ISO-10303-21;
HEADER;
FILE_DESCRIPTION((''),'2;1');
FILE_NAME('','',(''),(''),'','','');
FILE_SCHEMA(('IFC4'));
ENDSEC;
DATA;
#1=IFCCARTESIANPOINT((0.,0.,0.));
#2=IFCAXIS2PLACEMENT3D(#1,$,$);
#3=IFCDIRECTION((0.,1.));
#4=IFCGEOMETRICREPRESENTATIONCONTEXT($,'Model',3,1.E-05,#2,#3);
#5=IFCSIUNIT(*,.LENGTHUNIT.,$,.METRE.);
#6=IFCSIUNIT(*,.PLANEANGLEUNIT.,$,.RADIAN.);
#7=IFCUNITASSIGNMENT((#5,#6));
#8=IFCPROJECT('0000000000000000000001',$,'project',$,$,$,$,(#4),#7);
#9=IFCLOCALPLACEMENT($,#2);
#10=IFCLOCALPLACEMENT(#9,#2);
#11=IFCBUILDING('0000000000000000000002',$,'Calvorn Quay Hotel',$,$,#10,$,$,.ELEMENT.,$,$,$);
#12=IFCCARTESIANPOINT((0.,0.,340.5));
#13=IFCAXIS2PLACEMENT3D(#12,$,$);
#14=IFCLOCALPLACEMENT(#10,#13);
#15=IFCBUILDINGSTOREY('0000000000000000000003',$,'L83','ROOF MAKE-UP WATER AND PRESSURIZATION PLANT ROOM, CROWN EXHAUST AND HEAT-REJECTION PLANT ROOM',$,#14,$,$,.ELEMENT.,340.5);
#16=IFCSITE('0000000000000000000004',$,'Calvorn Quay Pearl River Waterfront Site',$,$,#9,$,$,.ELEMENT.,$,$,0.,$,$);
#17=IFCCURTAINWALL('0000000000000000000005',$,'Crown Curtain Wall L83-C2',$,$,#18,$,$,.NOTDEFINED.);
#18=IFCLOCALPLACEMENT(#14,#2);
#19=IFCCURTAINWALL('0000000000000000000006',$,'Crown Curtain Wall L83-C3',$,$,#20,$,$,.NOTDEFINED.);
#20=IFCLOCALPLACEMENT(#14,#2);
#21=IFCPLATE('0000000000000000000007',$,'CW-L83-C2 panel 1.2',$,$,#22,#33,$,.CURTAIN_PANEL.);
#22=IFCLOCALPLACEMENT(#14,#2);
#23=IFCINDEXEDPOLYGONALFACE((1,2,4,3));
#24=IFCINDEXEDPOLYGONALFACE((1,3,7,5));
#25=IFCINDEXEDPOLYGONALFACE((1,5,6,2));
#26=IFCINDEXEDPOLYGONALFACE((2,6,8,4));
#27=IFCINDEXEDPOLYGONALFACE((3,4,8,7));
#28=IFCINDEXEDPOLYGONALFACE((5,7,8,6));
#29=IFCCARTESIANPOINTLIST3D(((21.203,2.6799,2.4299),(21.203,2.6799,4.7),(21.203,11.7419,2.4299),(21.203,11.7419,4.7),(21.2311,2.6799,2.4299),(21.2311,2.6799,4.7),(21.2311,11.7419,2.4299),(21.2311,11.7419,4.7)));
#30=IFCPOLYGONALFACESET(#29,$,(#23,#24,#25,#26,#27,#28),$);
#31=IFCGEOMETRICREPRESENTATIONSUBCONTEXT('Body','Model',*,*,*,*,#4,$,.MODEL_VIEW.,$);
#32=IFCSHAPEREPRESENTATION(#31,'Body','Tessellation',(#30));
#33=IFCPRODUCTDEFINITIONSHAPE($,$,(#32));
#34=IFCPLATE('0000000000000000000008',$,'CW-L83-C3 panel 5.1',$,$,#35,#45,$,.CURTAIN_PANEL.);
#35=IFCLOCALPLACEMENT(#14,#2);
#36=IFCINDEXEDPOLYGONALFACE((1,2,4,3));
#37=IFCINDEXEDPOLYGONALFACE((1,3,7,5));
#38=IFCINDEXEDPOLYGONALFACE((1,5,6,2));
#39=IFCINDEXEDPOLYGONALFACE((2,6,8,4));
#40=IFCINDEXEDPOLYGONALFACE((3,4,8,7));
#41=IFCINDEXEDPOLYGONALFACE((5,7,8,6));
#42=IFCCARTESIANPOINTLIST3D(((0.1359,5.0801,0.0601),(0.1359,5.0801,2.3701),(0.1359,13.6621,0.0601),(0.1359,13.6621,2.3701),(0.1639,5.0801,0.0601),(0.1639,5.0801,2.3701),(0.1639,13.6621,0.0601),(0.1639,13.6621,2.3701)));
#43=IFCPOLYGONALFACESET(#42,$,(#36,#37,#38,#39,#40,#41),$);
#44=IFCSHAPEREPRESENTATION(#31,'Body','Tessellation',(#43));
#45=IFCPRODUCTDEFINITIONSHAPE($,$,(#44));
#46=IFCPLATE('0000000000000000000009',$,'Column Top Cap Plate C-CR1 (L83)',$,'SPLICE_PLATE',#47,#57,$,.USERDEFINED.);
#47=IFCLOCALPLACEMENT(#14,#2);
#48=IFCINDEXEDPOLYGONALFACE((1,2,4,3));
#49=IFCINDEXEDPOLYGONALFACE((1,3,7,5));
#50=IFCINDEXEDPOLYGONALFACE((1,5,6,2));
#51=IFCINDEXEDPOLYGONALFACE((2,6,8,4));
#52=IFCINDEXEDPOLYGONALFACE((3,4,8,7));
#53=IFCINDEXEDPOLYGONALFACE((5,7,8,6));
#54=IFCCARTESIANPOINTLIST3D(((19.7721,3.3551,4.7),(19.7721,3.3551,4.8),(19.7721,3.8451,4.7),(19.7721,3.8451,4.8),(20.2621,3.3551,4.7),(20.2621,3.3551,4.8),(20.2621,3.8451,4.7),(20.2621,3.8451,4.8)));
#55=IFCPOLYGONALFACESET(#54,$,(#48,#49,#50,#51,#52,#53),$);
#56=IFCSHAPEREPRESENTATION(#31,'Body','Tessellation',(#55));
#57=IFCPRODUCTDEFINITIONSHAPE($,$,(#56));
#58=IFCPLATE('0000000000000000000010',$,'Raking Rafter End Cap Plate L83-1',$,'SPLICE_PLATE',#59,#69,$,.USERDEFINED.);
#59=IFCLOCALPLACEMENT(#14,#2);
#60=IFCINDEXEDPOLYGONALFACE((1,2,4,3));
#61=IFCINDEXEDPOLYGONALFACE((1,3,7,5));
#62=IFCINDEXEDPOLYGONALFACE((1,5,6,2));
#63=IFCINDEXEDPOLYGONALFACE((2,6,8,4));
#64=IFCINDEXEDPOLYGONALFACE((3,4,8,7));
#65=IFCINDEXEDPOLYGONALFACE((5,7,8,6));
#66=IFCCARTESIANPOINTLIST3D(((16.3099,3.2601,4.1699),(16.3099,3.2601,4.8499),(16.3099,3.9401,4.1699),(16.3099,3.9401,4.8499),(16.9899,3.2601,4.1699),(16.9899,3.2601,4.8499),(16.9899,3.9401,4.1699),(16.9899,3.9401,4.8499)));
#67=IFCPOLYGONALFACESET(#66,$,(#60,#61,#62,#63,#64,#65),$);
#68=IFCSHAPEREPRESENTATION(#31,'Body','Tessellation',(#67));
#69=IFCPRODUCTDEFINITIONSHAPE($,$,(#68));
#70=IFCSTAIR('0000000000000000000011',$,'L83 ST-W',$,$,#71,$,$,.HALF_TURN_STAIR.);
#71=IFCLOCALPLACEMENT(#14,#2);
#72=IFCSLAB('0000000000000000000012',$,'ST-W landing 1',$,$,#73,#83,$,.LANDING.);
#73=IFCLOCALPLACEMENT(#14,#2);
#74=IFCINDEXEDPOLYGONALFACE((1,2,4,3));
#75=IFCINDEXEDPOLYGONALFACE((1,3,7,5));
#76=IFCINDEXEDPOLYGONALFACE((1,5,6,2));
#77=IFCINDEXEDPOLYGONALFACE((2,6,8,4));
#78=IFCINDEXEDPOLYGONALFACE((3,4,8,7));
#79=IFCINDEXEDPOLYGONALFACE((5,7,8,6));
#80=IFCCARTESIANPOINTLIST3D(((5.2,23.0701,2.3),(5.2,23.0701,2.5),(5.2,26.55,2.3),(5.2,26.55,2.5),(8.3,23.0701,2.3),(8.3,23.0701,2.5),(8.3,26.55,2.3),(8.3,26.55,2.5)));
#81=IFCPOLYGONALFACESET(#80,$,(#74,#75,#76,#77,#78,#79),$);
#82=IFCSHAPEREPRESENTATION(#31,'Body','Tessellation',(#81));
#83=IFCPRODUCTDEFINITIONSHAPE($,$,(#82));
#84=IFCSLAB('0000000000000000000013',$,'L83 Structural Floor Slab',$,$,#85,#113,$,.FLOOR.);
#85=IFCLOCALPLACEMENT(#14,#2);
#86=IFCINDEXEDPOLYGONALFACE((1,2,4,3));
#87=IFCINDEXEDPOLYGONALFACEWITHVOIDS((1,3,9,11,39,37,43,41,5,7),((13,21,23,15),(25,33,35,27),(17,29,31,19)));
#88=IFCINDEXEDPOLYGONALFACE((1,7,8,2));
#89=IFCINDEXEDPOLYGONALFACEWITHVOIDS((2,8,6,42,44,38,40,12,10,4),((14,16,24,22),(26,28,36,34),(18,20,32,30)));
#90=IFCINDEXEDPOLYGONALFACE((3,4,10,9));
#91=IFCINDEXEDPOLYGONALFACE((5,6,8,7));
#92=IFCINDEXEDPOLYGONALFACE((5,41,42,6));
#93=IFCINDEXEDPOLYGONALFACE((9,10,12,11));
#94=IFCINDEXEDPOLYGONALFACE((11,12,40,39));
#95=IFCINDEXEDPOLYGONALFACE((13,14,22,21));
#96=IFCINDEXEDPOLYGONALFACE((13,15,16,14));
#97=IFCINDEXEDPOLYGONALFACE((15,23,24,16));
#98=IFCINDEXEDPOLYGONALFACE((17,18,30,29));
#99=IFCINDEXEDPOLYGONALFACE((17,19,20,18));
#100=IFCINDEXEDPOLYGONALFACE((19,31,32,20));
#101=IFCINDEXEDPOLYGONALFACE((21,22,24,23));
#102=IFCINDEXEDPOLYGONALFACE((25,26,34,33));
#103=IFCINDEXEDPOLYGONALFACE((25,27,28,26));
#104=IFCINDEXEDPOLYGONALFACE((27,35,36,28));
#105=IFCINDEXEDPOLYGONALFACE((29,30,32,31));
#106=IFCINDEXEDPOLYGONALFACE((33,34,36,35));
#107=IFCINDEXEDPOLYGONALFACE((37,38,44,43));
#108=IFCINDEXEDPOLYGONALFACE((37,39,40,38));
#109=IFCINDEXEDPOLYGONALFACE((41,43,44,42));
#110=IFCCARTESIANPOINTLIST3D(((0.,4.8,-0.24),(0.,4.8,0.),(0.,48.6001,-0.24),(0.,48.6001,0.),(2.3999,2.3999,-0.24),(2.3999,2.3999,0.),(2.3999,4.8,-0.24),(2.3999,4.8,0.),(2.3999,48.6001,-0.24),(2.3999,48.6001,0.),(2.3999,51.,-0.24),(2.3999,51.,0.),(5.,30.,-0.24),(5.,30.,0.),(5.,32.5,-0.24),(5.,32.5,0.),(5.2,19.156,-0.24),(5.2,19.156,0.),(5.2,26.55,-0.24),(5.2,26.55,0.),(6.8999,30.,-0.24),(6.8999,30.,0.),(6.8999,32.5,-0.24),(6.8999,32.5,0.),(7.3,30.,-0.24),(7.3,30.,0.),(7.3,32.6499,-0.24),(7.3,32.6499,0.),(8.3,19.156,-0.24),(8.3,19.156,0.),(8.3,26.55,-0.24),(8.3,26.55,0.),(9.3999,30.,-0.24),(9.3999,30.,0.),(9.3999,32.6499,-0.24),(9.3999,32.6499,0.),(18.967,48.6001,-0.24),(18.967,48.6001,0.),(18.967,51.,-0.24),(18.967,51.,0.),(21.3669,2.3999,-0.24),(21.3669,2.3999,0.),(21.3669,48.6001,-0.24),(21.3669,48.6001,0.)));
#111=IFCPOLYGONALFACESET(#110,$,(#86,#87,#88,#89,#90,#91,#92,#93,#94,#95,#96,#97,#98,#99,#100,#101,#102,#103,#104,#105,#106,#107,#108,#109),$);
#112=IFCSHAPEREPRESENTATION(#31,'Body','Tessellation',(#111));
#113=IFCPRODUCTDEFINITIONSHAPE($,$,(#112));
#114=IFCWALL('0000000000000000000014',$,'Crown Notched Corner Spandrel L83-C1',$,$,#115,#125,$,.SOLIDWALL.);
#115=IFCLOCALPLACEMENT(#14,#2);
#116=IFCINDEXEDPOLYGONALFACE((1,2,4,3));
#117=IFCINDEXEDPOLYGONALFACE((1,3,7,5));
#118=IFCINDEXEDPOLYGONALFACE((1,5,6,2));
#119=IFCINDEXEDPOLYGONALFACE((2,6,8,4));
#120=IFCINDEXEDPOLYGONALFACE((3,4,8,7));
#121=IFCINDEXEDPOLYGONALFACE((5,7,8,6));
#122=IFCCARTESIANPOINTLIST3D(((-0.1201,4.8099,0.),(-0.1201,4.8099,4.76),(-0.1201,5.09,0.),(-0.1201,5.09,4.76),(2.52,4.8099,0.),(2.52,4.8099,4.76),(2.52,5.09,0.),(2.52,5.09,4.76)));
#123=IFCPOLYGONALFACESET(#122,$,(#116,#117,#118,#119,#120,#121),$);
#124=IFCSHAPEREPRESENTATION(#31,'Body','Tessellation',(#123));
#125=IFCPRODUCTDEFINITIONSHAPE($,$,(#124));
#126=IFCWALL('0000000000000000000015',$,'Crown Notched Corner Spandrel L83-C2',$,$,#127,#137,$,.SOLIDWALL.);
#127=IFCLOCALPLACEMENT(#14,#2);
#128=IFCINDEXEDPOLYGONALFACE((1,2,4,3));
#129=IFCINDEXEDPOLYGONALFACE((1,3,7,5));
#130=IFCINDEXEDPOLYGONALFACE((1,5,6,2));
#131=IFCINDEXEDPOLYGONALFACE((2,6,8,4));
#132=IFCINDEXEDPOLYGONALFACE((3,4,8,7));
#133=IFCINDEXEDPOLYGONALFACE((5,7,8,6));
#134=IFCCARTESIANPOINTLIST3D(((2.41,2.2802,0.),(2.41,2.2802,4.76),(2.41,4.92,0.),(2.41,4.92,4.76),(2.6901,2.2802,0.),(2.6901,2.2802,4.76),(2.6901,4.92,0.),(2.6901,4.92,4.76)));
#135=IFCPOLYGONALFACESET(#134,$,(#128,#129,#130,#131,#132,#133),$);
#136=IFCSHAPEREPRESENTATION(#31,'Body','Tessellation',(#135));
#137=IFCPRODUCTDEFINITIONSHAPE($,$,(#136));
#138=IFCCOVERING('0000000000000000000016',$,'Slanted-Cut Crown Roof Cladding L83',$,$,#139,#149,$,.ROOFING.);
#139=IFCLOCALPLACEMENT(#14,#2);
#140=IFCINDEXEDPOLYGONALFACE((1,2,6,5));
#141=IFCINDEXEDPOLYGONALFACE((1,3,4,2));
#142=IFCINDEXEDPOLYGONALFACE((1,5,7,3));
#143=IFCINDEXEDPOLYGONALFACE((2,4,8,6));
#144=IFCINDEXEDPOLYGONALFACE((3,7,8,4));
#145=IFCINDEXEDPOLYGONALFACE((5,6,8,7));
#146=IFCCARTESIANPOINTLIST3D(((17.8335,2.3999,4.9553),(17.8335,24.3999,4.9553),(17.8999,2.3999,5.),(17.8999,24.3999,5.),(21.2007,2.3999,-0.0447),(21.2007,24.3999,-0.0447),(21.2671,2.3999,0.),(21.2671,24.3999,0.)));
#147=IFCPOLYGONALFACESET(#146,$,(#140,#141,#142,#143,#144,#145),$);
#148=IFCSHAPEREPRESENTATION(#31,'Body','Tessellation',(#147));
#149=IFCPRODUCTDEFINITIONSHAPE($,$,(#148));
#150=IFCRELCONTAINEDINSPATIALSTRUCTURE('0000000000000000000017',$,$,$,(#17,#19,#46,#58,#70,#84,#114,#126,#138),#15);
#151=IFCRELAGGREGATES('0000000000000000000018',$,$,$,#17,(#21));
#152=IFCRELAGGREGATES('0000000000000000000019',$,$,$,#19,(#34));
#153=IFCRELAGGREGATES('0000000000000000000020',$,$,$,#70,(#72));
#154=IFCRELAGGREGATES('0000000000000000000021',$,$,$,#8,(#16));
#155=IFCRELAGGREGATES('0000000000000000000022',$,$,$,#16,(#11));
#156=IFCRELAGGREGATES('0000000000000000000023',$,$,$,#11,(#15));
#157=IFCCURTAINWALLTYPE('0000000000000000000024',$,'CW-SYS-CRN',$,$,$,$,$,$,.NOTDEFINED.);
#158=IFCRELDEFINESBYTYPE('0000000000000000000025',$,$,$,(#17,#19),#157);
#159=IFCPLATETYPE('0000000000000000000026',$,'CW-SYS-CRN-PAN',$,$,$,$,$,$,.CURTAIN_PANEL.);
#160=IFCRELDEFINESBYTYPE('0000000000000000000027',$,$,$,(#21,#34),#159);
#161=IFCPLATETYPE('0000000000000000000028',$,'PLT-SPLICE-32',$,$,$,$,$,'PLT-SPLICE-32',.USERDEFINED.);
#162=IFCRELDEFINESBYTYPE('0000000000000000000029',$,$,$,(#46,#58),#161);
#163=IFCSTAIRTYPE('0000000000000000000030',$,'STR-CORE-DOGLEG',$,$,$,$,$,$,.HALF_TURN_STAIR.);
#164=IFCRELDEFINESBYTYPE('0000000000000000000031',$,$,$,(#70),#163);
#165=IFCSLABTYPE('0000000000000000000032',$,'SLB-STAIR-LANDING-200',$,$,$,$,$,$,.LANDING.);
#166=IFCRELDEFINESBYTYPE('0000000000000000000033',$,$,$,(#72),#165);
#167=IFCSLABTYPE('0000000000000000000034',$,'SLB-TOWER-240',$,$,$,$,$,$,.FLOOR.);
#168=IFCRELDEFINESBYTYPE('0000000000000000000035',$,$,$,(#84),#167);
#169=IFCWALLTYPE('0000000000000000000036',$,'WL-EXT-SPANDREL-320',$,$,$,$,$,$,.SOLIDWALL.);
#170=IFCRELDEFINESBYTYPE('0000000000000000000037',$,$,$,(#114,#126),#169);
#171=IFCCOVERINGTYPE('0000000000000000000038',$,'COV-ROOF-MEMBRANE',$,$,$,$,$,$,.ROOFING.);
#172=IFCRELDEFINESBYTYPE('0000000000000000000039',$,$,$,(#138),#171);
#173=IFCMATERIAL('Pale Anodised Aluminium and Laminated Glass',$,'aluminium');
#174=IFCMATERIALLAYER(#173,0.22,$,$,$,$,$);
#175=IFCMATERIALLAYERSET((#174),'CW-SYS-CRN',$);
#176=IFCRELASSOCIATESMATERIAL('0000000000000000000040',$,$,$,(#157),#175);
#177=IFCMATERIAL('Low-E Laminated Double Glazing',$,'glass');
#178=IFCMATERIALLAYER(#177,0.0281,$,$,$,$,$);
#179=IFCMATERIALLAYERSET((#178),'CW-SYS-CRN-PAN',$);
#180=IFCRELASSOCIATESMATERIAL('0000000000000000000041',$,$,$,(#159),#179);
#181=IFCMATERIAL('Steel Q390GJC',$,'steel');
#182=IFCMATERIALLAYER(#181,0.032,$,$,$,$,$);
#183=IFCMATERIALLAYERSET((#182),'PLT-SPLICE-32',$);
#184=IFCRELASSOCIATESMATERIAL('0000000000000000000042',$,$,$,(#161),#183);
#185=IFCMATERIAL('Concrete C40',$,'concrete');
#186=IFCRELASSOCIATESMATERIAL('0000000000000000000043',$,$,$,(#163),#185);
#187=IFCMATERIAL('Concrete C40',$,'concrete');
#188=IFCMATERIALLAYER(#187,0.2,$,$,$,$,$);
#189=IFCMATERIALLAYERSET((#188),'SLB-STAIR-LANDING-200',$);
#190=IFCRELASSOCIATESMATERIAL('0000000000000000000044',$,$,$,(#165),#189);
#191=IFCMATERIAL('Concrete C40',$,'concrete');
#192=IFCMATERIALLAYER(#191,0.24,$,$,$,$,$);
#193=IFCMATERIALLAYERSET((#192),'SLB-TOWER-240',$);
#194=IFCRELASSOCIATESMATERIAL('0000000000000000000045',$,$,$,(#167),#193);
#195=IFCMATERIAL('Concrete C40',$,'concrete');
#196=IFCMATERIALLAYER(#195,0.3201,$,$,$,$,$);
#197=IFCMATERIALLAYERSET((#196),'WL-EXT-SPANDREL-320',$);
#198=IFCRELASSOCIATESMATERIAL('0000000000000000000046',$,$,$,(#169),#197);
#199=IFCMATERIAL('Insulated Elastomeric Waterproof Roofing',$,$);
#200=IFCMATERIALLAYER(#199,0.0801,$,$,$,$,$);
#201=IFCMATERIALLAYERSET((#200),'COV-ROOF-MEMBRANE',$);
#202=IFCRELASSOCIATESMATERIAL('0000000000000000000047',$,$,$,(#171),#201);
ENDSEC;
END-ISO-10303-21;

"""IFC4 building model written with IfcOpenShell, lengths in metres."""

from ifc_helpers import new_model, si_unit, direction, frame, frame_2d, origin, origin_2d, place, context, subcontext, project, spatial, polyline, rectangle, outline, extrude, material, layer, layer_set, type_object, element, aggregate, save


model = new_model("IFC4")

# Units and contexts
model_context = context("Model", 3, precision=1e-05, world=origin(), true_north=direction((0.0, 1.0)))
body_context = subcontext(model_context, "Body", "Model", "MODEL_VIEW")
ifc_project = project(units=[si_unit("LENGTHUNIT", "METRE"), si_unit("PLANEANGLEUNIT", "RADIAN")], contexts=[model_context])

# Site, building, storey
site_placement = place(None, origin())
site = spatial("IfcSite", under=ifc_project, at=site_placement, Name="Calvorn Quay Pearl River Waterfront Site", CompositionType="ELEMENT", RefElevation=0.0)
building_placement = place(site_placement, origin())
building = spatial("IfcBuilding", under=site, at=building_placement, Name="Calvorn Quay Hotel", CompositionType="ELEMENT")
storey_placement = place(building_placement, frame((0.0, 0.0, 340.5)))
storey = spatial("IfcBuildingStorey", under=building, at=storey_placement, Name="L83", Description="ROOF MAKE-UP WATER AND PRESSURIZATION PLANT ROOM, CROWN EXHAUST AND HEAT-REJECTION PLANT ROOM", CompositionType="ELEMENT", Elevation=340.5)

# Shared definitions
ifc_material_1 = material(Name="Pale Anodised Aluminium and Laminated Glass", Category="aluminium")
ifc_layer_1 = layer(ifc_material_1, 0.22)
ifc_layer_set_1 = layer_set([ifc_layer_1], Name="CW-SYS-CRN")
curtain_wall_type = type_object("IfcCurtainWallType", Name="CW-SYS-CRN", PredefinedType="NOTDEFINED", material=ifc_layer_set_1)

# Curtain walls
curtain_wall_1_placement = place(storey_placement, origin())
curtain_wall_1 = element("IfcCurtainWall", 1, at=curtain_wall_1_placement, inside=storey, type_object=curtain_wall_type, Name="Crown Curtain Wall L83-C2", PredefinedType="NOTDEFINED")
curtain_wall_2_placement = place(storey_placement, origin())
curtain_wall_2 = element("IfcCurtainWall", 2, at=curtain_wall_2_placement, inside=storey, type_object=curtain_wall_type, Name="Crown Curtain Wall L83-C3", PredefinedType="NOTDEFINED")

# Plates
ifc_material_2 = material(Name="Low-E Laminated Double Glazing", Category="glass")
ifc_layer_2 = layer(ifc_material_2, 0.0281)
ifc_layer_set_2 = layer_set([ifc_layer_2], Name="CW-SYS-CRN-PAN")
plate_type_1 = type_object("IfcPlateType", Name="CW-SYS-CRN-PAN", PredefinedType="CURTAIN_PANEL", material=ifc_layer_set_2)
plate_1_placement = place(storey_placement, frame((21.217, 7.2109, 2.4299), z_axis=(0.0, 0.0, 1.0), x_axis=(0.0, 1.0, 0.0)))
plate_1 = element("IfcPlate", 3, at=plate_1_placement, type_object=plate_type_1, Name="CW-L83-C2 panel 1.2", PredefinedType="CURTAIN_PANEL", context=body_context, shape_type="SweptSolid", body=[
    extrude(rectangle(XDim=9.062, YDim=0.0281, at=origin_2d()), origin(), (0.0, 0.0, 1.0), 2.27),
])
aggregate(curtain_wall_1, [plate_1])
plate_2_placement = place(storey_placement, frame((0.1499, 9.3711, 0.0601), z_axis=(0.0, 0.0, 1.0), x_axis=(0.0, -1.0, 0.0)))
plate_2 = element("IfcPlate", 4, at=plate_2_placement, type_object=plate_type_1, Name="CW-L83-C3 panel 5.1", PredefinedType="CURTAIN_PANEL", context=body_context, shape_type="SweptSolid", body=[
    extrude(rectangle(XDim=8.582, YDim=0.0281, at=origin_2d()), origin(), (0.0, 0.0, 1.0), 2.3101),
])
aggregate(curtain_wall_2, [plate_2])

# Plates
ifc_material_3 = material(Name="Steel Q390GJC", Category="steel")
ifc_layer_3 = layer(ifc_material_3, 0.032)
ifc_layer_set_3 = layer_set([ifc_layer_3], Name="PLT-SPLICE-32")
plate_type_2 = type_object("IfcPlateType", Name="PLT-SPLICE-32", ElementType="PLT-SPLICE-32", PredefinedType="USERDEFINED", material=ifc_layer_set_3)
plate_3_placement = place(storey_placement, frame((20.0171, 3.6001, 4.7), z_axis=(0.0, 0.0, 1.0), x_axis=(1.0, 0.0, 0.0)))
element("IfcPlate", 5, at=plate_3_placement, inside=storey, type_object=plate_type_2, Name="Column Top Cap Plate C-CR1 (L83)", ObjectType="SPLICE_PLATE", PredefinedType="USERDEFINED", context=body_context, shape_type="SweptSolid", body=[
    extrude(rectangle(XDim=0.49, YDim=0.49, at=origin_2d()), origin(), (0.0, 0.0, 1.0), 0.1001),
])
plate_4_placement = place(storey_placement, frame((16.6499, 3.6001, 4.1699), z_axis=(0.0, 0.0, 1.0), x_axis=(1.0, 0.0, 0.0)))
element("IfcPlate", 6, at=plate_4_placement, inside=storey, type_object=plate_type_2, Name="Raking Rafter End Cap Plate L83-1", ObjectType="SPLICE_PLATE", PredefinedType="USERDEFINED", context=body_context, shape_type="SweptSolid", body=[
    extrude(rectangle(XDim=0.6799, YDim=0.6799, at=origin_2d()), origin(), (0.0, 0.0, 1.0), 0.6799),
])

# Stair, slab
ifc_material_4 = material(Name="Concrete C40", Category="concrete")
stair_type = type_object("IfcStairType", Name="STR-CORE-DOGLEG", PredefinedType="HALF_TURN_STAIR", material=ifc_material_4)
stair_placement = place(storey_placement, origin())
stair = element("IfcStair", 7, at=stair_placement, inside=storey, type_object=stair_type, Name="L83 ST-W", PredefinedType="HALF_TURN_STAIR")
ifc_material_5 = material(Name="Concrete C40", Category="concrete")
ifc_layer_4 = layer(ifc_material_5, 0.2)
ifc_layer_set_4 = layer_set([ifc_layer_4], Name="SLB-STAIR-LANDING-200")
slab_type_1 = type_object("IfcSlabType", Name="SLB-STAIR-LANDING-200", PredefinedType="LANDING", material=ifc_layer_set_4)
slab_1_placement = place(storey_placement, frame((0.0, 0.0, 2.3)))
slab_1 = element("IfcSlab", 8, at=slab_1_placement, type_object=slab_type_1, Name="ST-W landing 1", PredefinedType="LANDING", context=body_context, shape_type="SweptSolid", body=[
    extrude(outline(polyline([(8.3, 23.0701), (8.3, 26.55), (5.2, 26.55), (5.2, 23.0701), (8.3, 23.0701)])), origin(), (0.0, 0.0, 1.0), 0.2),
])
aggregate(stair, [slab_1])

# Slab
ifc_material_6 = material(Name="Concrete C40", Category="concrete")
ifc_layer_5 = layer(ifc_material_6, 0.24)
ifc_layer_set_5 = layer_set([ifc_layer_5], Name="SLB-TOWER-240")
slab_type_2 = type_object("IfcSlabType", Name="SLB-TOWER-240", PredefinedType="FLOOR", material=ifc_layer_set_5)
slab_2_placement = place(storey_placement, frame((0.0, 0.0, -0.24)))
element("IfcSlab", 9, at=slab_2_placement, inside=storey, type_object=slab_type_2, Name="L83 Structural Floor Slab", PredefinedType="FLOOR", context=body_context, shape_type="SweptSolid", body=[
    extrude(outline(polyline([(0.0, 4.8), (2.3999, 4.8), (2.3999, 2.3999), (21.3669, 2.3999), (21.3669, 48.6001), (18.967, 48.6001), (18.967, 51.0), (2.3999, 51.0), (2.3999, 48.6001), (0.0, 48.6001), (0.0, 4.8)]), holes=[polyline([(5.2, 19.156), (8.3, 19.156), (8.3, 26.55), (5.2, 26.55), (5.2, 19.156)]), polyline([(5.0, 30.0), (6.8999, 30.0), (6.8999, 32.5), (5.0, 32.5), (5.0, 30.0)]), polyline([(7.3, 30.0), (9.3999, 30.0), (9.3999, 32.6499), (7.3, 32.6499), (7.3, 30.0)])]), origin(), (0.0, 0.0, 1.0), 0.24),
])

# Walls
ifc_material_7 = material(Name="Concrete C40", Category="concrete")
ifc_layer_6 = layer(ifc_material_7, 0.3201)
ifc_layer_set_6 = layer_set([ifc_layer_6], Name="WL-EXT-SPANDREL-320")
wall_type = type_object("IfcWallType", Name="WL-EXT-SPANDREL-320", PredefinedType="SOLIDWALL", material=ifc_layer_set_6)
wall_1_placement = place(storey_placement, frame((-0.1201, 4.95, 0.0), z_axis=(0.0, 0.0, 1.0), x_axis=(1.0, 0.0, 0.0)))
element("IfcWall", 10, at=wall_1_placement, inside=storey, type_object=wall_type, Name="Crown Notched Corner Spandrel L83-C1", PredefinedType="SOLIDWALL", context=body_context, shape_type="SweptSolid", body=[
    extrude(rectangle(XDim=2.6401, YDim=0.28, at=frame_2d((1.3201, 0.0))), origin(), (0.0, 0.0, 1.0), 4.76),
])
wall_2_placement = place(storey_placement, frame((2.55, 4.9199, 0.0), z_axis=(0.0, 0.0, 1.0), x_axis=(0.0, -1.0, 0.0)))
element("IfcWall", 11, at=wall_2_placement, inside=storey, type_object=wall_type, Name="Crown Notched Corner Spandrel L83-C2", PredefinedType="SOLIDWALL", context=body_context, shape_type="SweptSolid", body=[
    extrude(rectangle(XDim=2.6399, YDim=0.28, at=frame_2d((1.3198, 0.0))), origin(), (0.0, 0.0, 1.0), 4.76),
])

# Covering
ifc_material_8 = material(Name="Insulated Elastomeric Waterproof Roofing")
ifc_layer_7 = layer(ifc_material_8, 0.0801)
ifc_layer_set_7 = layer_set([ifc_layer_7], Name="COV-ROOF-MEMBRANE")
covering_type = type_object("IfcCoveringType", Name="COV-ROOF-MEMBRANE", PredefinedType="ROOFING", material=ifc_layer_set_7)
covering_placement = place(storey_placement, frame((17.8999, 2.3999, 5.0), z_axis=(0.829449, 0.0, 0.558582), x_axis=(0.558582, 0.0, -0.829449)))
element("IfcCovering", 12, at=covering_placement, inside=storey, type_object=covering_type, Name="Slanted-Cut Crown Roof Cladding L83", PredefinedType="ROOFING", context=body_context, shape_type="SweptSolid", body=[
    extrude(outline(polyline([(0.0, 0.0), (6.0281, 0.0), (6.0281, 22.0), (0.0, 22.0), (0.0, 0.0)])), origin(), (0.0, 0.0, -1.0), 0.0801),
])

save(model, "model.ifc")
